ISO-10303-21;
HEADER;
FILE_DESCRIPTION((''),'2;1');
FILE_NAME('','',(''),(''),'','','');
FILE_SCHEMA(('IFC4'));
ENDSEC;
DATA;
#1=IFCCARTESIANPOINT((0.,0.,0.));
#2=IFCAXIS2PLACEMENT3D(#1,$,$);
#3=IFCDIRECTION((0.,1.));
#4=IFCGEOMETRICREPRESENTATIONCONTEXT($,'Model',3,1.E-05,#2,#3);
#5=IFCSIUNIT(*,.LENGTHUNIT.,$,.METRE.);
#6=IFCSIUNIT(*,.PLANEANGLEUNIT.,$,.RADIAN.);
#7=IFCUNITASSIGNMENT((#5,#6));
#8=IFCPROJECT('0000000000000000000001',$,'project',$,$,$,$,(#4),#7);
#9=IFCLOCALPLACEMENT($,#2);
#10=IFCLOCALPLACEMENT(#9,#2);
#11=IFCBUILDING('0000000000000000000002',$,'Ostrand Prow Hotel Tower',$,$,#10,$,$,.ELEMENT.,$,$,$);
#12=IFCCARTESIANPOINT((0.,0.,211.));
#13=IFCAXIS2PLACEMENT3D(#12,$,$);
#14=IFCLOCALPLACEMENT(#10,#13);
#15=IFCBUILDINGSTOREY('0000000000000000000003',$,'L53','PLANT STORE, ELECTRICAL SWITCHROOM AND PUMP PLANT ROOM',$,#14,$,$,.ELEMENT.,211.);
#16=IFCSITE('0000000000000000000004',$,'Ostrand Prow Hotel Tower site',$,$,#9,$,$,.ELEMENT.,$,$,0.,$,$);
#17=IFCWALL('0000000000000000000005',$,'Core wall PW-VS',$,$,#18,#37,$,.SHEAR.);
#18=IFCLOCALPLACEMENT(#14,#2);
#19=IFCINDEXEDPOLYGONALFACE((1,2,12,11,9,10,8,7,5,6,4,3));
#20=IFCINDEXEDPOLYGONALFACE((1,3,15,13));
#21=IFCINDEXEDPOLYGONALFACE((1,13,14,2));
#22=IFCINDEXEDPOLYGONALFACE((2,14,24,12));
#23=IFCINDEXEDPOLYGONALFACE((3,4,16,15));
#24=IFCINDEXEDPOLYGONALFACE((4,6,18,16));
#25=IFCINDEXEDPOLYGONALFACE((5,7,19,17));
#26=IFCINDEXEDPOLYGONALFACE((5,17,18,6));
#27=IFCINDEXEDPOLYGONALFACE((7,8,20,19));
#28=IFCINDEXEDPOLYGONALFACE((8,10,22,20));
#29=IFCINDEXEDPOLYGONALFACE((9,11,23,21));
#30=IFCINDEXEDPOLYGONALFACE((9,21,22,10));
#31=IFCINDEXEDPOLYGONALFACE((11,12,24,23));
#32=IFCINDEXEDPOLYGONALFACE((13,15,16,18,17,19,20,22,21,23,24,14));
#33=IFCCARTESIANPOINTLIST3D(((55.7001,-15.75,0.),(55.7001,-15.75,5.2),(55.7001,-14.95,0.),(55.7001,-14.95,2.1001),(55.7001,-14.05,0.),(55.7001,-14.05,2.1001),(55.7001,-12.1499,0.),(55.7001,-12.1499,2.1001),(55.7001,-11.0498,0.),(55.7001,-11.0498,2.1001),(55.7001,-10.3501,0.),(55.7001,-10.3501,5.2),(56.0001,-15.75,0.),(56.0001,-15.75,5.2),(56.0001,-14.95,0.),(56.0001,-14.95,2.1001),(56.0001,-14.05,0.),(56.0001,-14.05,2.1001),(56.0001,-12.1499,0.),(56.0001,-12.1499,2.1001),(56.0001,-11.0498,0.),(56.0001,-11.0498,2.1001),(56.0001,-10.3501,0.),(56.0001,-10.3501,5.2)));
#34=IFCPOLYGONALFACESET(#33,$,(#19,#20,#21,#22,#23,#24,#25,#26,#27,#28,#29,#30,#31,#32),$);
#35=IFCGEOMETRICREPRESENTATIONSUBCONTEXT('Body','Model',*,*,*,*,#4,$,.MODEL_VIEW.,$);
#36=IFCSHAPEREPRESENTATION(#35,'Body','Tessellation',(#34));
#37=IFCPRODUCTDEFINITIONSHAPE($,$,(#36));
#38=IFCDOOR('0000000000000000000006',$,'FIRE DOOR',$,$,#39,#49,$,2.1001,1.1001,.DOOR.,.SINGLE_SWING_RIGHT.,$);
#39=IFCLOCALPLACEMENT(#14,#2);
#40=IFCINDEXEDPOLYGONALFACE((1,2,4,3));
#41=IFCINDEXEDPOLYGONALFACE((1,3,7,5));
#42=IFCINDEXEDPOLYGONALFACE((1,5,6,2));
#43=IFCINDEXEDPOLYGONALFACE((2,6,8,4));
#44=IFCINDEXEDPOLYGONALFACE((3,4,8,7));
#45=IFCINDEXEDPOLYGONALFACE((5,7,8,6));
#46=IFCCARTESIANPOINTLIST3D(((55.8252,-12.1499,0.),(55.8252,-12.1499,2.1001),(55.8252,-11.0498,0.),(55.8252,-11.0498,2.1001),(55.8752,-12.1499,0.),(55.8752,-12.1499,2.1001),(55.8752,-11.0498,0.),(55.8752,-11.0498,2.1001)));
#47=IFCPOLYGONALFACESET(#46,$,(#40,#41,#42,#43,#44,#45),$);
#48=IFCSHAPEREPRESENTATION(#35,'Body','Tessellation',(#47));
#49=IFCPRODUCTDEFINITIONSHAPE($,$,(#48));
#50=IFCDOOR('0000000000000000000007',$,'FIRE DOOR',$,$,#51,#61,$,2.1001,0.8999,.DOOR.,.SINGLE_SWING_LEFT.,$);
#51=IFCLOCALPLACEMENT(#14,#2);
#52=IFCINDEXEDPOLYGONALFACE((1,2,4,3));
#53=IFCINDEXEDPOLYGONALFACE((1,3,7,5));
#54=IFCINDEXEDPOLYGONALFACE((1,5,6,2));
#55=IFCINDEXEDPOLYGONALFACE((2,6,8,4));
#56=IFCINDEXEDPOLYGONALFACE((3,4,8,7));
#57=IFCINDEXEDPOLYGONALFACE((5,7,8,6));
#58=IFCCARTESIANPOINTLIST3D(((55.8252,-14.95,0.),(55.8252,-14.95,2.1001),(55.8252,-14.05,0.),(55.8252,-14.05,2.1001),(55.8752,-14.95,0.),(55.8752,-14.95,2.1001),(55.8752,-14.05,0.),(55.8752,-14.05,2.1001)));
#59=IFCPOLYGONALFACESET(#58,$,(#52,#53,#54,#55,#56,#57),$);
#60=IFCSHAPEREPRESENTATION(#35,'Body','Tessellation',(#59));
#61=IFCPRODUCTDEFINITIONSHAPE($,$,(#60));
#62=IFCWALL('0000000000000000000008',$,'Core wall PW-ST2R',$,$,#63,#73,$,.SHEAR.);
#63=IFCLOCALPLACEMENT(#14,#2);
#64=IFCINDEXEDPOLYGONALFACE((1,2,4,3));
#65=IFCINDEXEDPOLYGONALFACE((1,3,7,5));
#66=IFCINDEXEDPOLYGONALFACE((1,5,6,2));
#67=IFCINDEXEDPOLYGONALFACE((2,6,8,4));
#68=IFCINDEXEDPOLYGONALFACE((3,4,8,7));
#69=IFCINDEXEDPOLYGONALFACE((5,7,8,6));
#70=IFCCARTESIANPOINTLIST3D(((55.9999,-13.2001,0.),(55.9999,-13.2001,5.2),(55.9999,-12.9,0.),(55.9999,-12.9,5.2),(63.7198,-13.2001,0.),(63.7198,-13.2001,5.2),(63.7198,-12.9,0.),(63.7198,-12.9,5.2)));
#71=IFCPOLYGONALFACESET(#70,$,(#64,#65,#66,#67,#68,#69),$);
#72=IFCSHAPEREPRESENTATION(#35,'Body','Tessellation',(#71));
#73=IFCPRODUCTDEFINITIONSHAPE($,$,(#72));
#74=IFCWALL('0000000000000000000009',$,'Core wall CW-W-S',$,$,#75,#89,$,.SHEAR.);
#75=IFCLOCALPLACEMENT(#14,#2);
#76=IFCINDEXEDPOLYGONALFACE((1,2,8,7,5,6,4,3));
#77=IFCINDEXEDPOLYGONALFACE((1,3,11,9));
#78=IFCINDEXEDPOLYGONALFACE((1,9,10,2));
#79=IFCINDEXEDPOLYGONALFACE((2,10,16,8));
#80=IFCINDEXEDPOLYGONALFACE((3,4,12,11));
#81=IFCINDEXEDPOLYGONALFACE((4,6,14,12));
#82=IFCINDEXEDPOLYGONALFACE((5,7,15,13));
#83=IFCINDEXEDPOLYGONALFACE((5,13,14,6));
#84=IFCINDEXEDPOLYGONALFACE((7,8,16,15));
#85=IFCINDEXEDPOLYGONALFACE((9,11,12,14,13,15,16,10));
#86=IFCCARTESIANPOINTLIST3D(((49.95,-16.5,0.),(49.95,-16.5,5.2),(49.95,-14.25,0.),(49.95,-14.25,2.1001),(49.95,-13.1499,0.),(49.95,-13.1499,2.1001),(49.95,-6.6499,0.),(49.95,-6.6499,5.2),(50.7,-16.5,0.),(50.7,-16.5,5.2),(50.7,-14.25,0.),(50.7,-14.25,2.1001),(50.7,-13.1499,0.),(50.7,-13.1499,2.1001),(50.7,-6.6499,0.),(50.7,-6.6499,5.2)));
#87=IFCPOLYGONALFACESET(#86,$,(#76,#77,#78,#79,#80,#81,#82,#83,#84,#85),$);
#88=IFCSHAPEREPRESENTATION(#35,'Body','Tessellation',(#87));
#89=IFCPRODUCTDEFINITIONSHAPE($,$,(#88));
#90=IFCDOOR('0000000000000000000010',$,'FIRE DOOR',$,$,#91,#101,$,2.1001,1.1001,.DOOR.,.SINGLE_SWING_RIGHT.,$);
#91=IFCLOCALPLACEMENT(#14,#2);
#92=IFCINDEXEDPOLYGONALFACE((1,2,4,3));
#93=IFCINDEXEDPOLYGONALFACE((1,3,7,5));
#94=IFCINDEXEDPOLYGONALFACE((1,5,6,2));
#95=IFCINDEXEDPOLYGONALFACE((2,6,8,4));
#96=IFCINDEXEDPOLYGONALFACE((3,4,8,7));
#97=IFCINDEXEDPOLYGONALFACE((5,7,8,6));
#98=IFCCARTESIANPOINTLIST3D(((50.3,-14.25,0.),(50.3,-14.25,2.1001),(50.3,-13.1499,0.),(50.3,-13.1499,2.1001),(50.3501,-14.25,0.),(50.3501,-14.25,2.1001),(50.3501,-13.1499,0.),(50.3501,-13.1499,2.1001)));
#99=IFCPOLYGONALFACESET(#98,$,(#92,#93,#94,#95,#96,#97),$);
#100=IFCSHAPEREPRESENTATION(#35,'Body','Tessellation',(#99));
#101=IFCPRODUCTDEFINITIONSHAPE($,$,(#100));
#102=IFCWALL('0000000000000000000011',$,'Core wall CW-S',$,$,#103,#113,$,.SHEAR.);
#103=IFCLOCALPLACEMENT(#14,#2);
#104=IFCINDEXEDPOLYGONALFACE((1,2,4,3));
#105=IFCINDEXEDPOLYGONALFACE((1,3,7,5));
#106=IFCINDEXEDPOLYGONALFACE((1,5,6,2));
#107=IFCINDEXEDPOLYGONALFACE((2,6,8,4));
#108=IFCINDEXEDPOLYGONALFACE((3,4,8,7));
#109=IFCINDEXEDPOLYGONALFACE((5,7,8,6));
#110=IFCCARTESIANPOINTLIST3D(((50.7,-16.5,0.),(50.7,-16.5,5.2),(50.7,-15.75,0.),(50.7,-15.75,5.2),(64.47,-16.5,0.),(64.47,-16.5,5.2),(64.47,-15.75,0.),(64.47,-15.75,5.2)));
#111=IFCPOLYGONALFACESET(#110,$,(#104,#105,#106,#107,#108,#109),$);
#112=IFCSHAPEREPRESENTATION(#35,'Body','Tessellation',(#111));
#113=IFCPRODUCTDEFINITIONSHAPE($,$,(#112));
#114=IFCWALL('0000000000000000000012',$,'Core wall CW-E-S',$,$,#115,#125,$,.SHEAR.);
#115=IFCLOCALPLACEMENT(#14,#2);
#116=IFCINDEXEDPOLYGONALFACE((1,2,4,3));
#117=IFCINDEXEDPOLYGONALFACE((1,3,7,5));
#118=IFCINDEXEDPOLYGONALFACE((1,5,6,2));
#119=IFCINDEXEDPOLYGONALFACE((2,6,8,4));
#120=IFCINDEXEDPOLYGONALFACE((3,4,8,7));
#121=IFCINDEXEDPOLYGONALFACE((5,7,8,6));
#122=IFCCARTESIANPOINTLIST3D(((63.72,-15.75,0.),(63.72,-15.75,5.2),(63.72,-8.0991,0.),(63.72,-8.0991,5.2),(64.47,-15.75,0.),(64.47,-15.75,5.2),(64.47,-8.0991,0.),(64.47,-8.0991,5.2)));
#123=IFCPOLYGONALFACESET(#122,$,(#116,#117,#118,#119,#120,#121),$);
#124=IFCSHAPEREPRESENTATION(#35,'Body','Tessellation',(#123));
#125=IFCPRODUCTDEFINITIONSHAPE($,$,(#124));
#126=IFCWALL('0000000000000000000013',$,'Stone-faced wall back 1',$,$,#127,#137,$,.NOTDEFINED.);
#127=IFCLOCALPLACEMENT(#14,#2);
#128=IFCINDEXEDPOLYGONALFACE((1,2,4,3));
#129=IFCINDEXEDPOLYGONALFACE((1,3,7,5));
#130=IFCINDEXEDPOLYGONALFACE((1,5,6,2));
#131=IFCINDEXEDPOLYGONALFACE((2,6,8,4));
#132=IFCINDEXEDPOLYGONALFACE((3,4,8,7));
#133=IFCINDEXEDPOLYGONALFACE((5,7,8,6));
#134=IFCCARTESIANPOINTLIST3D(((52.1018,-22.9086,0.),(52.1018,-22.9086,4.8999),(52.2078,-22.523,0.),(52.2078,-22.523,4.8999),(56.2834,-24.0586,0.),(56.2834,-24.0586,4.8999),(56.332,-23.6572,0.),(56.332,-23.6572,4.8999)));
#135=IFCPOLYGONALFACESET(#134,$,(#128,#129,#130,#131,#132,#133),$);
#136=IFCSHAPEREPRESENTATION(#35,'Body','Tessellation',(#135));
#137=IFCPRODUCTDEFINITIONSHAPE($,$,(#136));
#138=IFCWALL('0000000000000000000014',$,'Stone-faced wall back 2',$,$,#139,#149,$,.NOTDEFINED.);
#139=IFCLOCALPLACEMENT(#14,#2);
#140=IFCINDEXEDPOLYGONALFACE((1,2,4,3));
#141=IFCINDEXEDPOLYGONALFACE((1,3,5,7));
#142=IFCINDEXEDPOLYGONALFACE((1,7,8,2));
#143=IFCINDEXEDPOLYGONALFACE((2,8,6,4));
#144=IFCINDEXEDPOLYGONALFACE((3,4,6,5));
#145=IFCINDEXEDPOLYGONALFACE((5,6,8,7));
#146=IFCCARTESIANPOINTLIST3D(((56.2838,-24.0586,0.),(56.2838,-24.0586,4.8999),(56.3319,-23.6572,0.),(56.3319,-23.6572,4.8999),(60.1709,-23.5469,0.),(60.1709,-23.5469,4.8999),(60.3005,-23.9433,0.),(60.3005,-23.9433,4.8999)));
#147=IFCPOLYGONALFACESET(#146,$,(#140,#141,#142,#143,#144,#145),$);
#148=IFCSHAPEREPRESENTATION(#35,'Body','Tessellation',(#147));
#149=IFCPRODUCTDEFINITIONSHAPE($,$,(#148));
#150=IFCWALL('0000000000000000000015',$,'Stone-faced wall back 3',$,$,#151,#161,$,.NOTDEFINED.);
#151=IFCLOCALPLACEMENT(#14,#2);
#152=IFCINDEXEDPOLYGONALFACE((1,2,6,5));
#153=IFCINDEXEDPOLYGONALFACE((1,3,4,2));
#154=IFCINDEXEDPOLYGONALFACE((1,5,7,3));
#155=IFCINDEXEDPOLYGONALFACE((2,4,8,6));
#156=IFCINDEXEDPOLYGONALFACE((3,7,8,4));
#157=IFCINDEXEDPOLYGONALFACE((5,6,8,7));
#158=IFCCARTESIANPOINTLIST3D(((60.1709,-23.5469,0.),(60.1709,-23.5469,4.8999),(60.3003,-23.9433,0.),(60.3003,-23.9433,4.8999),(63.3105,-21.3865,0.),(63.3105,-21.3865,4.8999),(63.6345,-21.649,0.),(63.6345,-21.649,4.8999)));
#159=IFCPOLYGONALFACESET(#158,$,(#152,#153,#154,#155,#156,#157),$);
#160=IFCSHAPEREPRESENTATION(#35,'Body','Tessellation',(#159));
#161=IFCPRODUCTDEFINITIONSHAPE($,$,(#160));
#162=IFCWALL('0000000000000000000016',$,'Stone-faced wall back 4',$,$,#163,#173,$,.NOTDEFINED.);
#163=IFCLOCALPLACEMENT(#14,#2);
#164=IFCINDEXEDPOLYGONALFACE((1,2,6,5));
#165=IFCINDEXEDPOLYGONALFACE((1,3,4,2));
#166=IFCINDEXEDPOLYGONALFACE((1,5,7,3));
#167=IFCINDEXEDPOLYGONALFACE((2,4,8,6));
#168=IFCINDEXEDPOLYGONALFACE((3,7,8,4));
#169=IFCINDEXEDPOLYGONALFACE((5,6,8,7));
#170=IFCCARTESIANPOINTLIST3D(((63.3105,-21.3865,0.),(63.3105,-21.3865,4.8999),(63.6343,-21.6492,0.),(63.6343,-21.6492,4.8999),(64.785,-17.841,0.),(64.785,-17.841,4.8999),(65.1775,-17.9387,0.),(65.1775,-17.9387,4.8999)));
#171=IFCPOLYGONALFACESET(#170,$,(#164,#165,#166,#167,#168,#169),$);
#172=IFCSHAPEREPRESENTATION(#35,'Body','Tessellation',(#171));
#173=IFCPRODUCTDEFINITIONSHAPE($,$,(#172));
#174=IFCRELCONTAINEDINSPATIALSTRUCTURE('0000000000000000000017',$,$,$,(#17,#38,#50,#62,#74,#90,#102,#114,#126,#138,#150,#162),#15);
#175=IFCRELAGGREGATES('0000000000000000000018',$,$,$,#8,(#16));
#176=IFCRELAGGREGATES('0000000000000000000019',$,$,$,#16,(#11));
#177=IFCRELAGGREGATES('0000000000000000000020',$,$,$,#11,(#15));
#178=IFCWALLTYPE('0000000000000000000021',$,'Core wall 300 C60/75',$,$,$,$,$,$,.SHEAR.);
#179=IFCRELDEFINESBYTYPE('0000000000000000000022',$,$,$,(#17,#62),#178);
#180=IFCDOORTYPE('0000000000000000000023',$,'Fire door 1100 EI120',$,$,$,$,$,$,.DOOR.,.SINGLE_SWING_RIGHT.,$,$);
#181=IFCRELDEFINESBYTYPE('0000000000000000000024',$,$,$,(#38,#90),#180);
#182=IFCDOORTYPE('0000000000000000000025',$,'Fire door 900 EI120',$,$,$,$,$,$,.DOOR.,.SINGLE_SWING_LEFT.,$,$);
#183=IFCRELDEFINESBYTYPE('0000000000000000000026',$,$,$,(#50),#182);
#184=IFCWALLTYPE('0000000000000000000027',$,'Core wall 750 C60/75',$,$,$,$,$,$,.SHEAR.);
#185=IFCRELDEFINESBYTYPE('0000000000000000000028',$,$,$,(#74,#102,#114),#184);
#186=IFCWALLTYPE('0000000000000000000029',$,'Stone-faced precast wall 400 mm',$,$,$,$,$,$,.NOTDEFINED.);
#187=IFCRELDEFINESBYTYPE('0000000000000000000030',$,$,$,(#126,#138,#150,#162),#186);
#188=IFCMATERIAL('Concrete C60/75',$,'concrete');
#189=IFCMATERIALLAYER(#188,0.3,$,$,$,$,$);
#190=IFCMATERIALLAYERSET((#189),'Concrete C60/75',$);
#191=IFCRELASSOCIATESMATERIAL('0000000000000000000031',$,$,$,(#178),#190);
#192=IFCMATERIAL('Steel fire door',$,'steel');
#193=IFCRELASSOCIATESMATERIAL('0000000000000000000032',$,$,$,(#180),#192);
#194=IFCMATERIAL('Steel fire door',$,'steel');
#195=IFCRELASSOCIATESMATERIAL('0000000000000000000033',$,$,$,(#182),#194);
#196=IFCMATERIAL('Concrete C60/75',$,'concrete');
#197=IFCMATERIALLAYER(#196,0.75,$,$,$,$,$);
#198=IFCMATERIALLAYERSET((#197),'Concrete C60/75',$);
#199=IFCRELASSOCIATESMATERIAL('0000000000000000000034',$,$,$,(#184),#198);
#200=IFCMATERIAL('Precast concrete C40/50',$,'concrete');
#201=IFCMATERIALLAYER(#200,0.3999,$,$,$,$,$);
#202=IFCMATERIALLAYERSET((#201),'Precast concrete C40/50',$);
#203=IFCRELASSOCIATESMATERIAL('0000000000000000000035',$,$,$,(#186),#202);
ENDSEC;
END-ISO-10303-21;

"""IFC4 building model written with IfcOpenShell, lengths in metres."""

from ifc_helpers import new_model, si_unit, direction, frame, frame_2d, origin, place, context, subcontext, project, spatial, polyline, rectangle, outline, extrude, material, layer, layer_set, type_object, element, fill, save


model = new_model("IFC4")

# Units and contexts
model_context = context("Model", 3, precision=1e-05, world=origin(), true_north=direction((0.0, 1.0)))
body_context = subcontext(model_context, "Body", "Model", "MODEL_VIEW")
ifc_project = project(units=[si_unit("LENGTHUNIT", "METRE"), si_unit("PLANEANGLEUNIT", "RADIAN")], contexts=[model_context])

# Site, building, storey
site_placement = place(None, origin())
site = spatial("IfcSite", under=ifc_project, at=site_placement, Name="Ostrand Prow Hotel Tower site", CompositionType="ELEMENT", RefElevation=0.0)
building_placement = place(site_placement, origin())
building = spatial("IfcBuilding", under=site, at=building_placement, Name="Ostrand Prow Hotel Tower", CompositionType="ELEMENT")
storey_placement = place(building_placement, frame((0.0, 0.0, 211.0)))
storey = spatial("IfcBuildingStorey", under=building, at=storey_placement, Name="L53", Description="PLANT STORE, ELECTRICAL SWITCHROOM AND PUMP PLANT ROOM", CompositionType="ELEMENT", Elevation=211.0)

# Wall, openings, doors
ifc_material_1 = material(Name="Concrete C60/75", Category="concrete")
ifc_layer_1 = layer(ifc_material_1, 0.3)
ifc_layer_set_1 = layer_set([ifc_layer_1], Name="Concrete C60/75")
wall_type_1 = type_object("IfcWallType", Name="Core wall 300 C60/75", PredefinedType="SHEAR", material=ifc_layer_set_1)
wall_1_placement = place(storey_placement, frame((55.8501, -15.75, 0.0), z_axis=(0.0, 0.0, 1.0), x_axis=(0.0, 1.0, 0.0)))
wall_1 = element("IfcWall", 1, at=wall_1_placement, inside=storey, type_object=wall_type_1, Name="Core wall PW-VS", PredefinedType="SHEAR", context=body_context, shape_type="SweptSolid", body=[
    extrude(rectangle(XDim=5.3999, YDim=0.3, at=frame_2d((2.7, 0.0))), origin(), (0.0, 0.0, 1.0), 5.2),
])
opening_1_placement = place(wall_1_placement, frame((3.6001, 0.0, 0.0)))
opening_1 = element("IfcOpeningElement", 2, at=opening_1_placement, cuts=wall_1, PredefinedType="OPENING", context=body_context, shape_type="SweptSolid", body=[
    extrude(rectangle(XDim=1.1001, YDim=2.1001, at=frame_2d((0.55, 1.05))), frame((0.0, 0.1599, 0.0), z_axis=(0.0, -1.0, 0.0), x_axis=(1.0, 0.0, 0.0)), (0.0, 0.0, 1.0), 0.3201),
])
opening_2_placement = place(wall_1_placement, frame((0.8, 0.0, 0.0)))
opening_2 = element("IfcOpeningElement", 3, at=opening_2_placement, cuts=wall_1, PredefinedType="OPENING", context=body_context, shape_type="SweptSolid", body=[
    extrude(rectangle(XDim=0.8999, YDim=2.1001, at=frame_2d((0.45, 1.05))), frame((0.0, 0.1599, 0.0), z_axis=(0.0, -1.0, 0.0), x_axis=(1.0, 0.0, 0.0)), (0.0, 0.0, 1.0), 0.3201),
])
ifc_material_2 = material(Name="Steel fire door", Category="steel")
door_type_1 = type_object("IfcDoorType", Name="Fire door 1100 EI120", OperationType="SINGLE_SWING_RIGHT", PredefinedType="DOOR", material=ifc_material_2)
door_1_placement = place(opening_1_placement, origin())
door_1 = element("IfcDoor", 4, at=door_1_placement, inside=storey, type_object=door_type_1, Name="FIRE DOOR", OperationType="SINGLE_SWING_RIGHT", OverallHeight=2.1001, OverallWidth=1.1001, PredefinedType="DOOR", context=body_context, shape_type="SweptSolid", body=[
    extrude(rectangle(XDim=1.1001, YDim=2.1001, at=frame_2d((0.55, 1.05))), frame((0.0, 0.0249, 0.0), z_axis=(0.0, -1.0, 0.0), x_axis=(1.0, 0.0, 0.0)), (0.0, 0.0, 1.0), 0.05),
])
fill(opening_1, door_1)
ifc_material_3 = material(Name="Steel fire door", Category="steel")
door_type_2 = type_object("IfcDoorType", Name="Fire door 900 EI120", OperationType="SINGLE_SWING_LEFT", PredefinedType="DOOR", material=ifc_material_3)
door_2_placement = place(opening_2_placement, origin())
door_2 = element("IfcDoor", 5, at=door_2_placement, inside=storey, type_object=door_type_2, Name="FIRE DOOR", OperationType="SINGLE_SWING_LEFT", OverallHeight=2.1001, OverallWidth=0.8999, PredefinedType="DOOR", context=body_context, shape_type="SweptSolid", body=[
    extrude(rectangle(XDim=0.8999, YDim=2.1001, at=frame_2d((0.45, 1.05))), frame((0.0, 0.0249, 0.0), z_axis=(0.0, -1.0, 0.0), x_axis=(1.0, 0.0, 0.0)), (0.0, 0.0, 1.0), 0.05),
])
fill(opening_2, door_2)

# Wall
wall_2_placement = place(storey_placement, frame((56.0, -13.05, 0.0), z_axis=(0.0, 0.0, 1.0), x_axis=(1.0, 0.0, 0.0)))
element("IfcWall", 6, at=wall_2_placement, inside=storey, type_object=wall_type_1, Name="Core wall PW-ST2R", PredefinedType="SHEAR", context=body_context, shape_type="SweptSolid", body=[
    extrude(rectangle(XDim=7.72, YDim=0.3, at=frame_2d((3.8599, 0.0))), origin(), (0.0, 0.0, 1.0), 5.2),
])

# Wall, opening, door
ifc_material_4 = material(Name="Concrete C60/75", Category="concrete")
ifc_layer_2 = layer(ifc_material_4, 0.75)
ifc_layer_set_2 = layer_set([ifc_layer_2], Name="Concrete C60/75")
wall_type_2 = type_object("IfcWallType", Name="Core wall 750 C60/75", PredefinedType="SHEAR", material=ifc_layer_set_2)
wall_3_placement = place(storey_placement, frame((50.325, -16.5, 0.0), z_axis=(0.0, 0.0, 1.0), x_axis=(0.0, 1.0, 0.0)))
wall_3 = element("IfcWall", 7, at=wall_3_placement, inside=storey, type_object=wall_type_2, Name="Core wall CW-W-S", PredefinedType="SHEAR", context=body_context, shape_type="SweptSolid", body=[
    extrude(rectangle(XDim=9.8501, YDim=0.75, at=frame_2d((4.925, 0.0))), origin(), (0.0, 0.0, 1.0), 5.2),
])
opening_3_placement = place(wall_3_placement, frame((2.25, 0.0, 0.0)))
opening_3 = element("IfcOpeningElement", 8, at=opening_3_placement, cuts=wall_3, PredefinedType="OPENING", context=body_context, shape_type="SweptSolid", body=[
    extrude(rectangle(XDim=1.1001, YDim=2.1001, at=frame_2d((0.55, 1.05))), frame((0.0, 0.385, 0.0), z_axis=(0.0, -1.0, 0.0), x_axis=(1.0, 0.0, 0.0)), (0.0, 0.0, 1.0), 0.77),
])
door_3_placement = place(opening_3_placement, origin())
door_3 = element("IfcDoor", 9, at=door_3_placement, inside=storey, type_object=door_type_1, Name="FIRE DOOR", OperationType="SINGLE_SWING_RIGHT", OverallHeight=2.1001, OverallWidth=1.1001, PredefinedType="DOOR", context=body_context, shape_type="SweptSolid", body=[
    extrude(rectangle(XDim=1.1001, YDim=2.1001, at=frame_2d((0.55, 1.05))), frame((0.0, 0.0249, 0.0), z_axis=(0.0, -1.0, 0.0), x_axis=(1.0, 0.0, 0.0)), (0.0, 0.0, 1.0), 0.05),
])
fill(opening_3, door_3)

# Walls
wall_4_placement = place(storey_placement, frame((50.7, -16.125, 0.0), z_axis=(0.0, 0.0, 1.0), x_axis=(1.0, 0.0, 0.0)))
element("IfcWall", 10, at=wall_4_placement, inside=storey, type_object=wall_type_2, Name="Core wall CW-S", PredefinedType="SHEAR", context=body_context, shape_type="SweptSolid", body=[
    extrude(rectangle(XDim=13.77, YDim=0.75, at=frame_2d((6.885, 0.0))), origin(), (0.0, 0.0, 1.0), 5.2),
])
wall_5_placement = place(storey_placement, frame((64.095, -15.75, 0.0), z_axis=(0.0, 0.0, 1.0), x_axis=(0.0, 1.0, 0.0)))
element("IfcWall", 11, at=wall_5_placement, inside=storey, type_object=wall_type_2, Name="Core wall CW-E-S", PredefinedType="SHEAR", context=body_context, shape_type="SweptSolid", body=[
    extrude(rectangle(XDim=7.6509, YDim=0.75, at=frame_2d((3.8254, 0.0))), origin(), (0.0, 0.0, 1.0), 5.2),
])
ifc_material_5 = material(Name="Precast concrete C40/50", Category="concrete")
ifc_layer_3 = layer(ifc_material_5, 0.3999)
ifc_layer_set_3 = layer_set([ifc_layer_3], Name="Precast concrete C40/50")
wall_type_3 = type_object("IfcWallType", Name="Stone-faced precast wall 400 mm", PredefinedType="NOTDEFINED", material=ifc_layer_set_3)
wall_6_placement = place(storey_placement, frame((52.1548, -22.7158, 0.0), z_axis=(0.0, 0.0, 1.0), x_axis=(0.964206, -0.265155, 0.0)))
element("IfcWall", 12, at=wall_6_placement, inside=storey, type_object=wall_type_3, Name="Stone-faced wall back 1", PredefinedType="NOTDEFINED", context=body_context, shape_type="SweptSolid", body=[
    extrude(outline(polyline([(0.0, -0.2), (4.3369, -0.2), (4.2773, 0.2), (0.0, 0.2), (0.0, -0.2)])), origin(), (0.0, 0.0, 1.0), 4.8999),
])
wall_7_placement = place(storey_placement, frame((56.3079, -23.8579, 0.0), z_axis=(0.0, 0.0, 1.0), x_axis=(0.999588, 0.028705, 0.0)))
element("IfcWall", 13, at=wall_7_placement, inside=storey, type_object=wall_type_3, Name="Stone-faced wall back 2", PredefinedType="NOTDEFINED", context=body_context, shape_type="SweptSolid", body=[
    extrude(outline(polyline([(-0.0298, -0.2), (3.9885, -0.2), (3.8704, 0.2), (0.0298, 0.2), (-0.0298, -0.2)])), origin(), (0.0, 0.0, 1.0), 4.8999),
])
wall_8_placement = place(storey_placement, frame((60.2356, -23.7451, 0.0), z_axis=(0.0, 0.0, 1.0), x_axis=(0.823806, 0.566872, 0.0)))
element("IfcWall", 14, at=wall_8_placement, inside=storey, type_object=wall_type_3, Name="Stone-faced wall back 3", PredefinedType="NOTDEFINED", context=body_context, shape_type="SweptSolid", body=[
    extrude(outline(polyline([(-0.0591, -0.2), (3.9883, -0.2), (3.8701, 0.2), (0.0591, 0.2), (-0.0591, -0.2)])), origin(), (0.0, 0.0, 1.0), 4.8999),
])
wall_9_placement = place(storey_placement, frame((63.4724, -21.5178, 0.0), z_axis=(0.0, 0.0, 1.0), x_axis=(0.383998, 0.923334, 0.0)))
element("IfcWall", 15, at=wall_9_placement, inside=storey, type_object=wall_type_3, Name="Stone-faced wall back 4", PredefinedType="NOTDEFINED", context=body_context, shape_type="SweptSolid", body=[
    extrude(outline(polyline([(-0.0591, -0.2), (3.9595, -0.2), (3.8989, 0.2), (0.0591, 0.2), (-0.0591, -0.2)])), origin(), (0.0, 0.0, 1.0), 4.8999),
])

save(model, "model.ifc")
